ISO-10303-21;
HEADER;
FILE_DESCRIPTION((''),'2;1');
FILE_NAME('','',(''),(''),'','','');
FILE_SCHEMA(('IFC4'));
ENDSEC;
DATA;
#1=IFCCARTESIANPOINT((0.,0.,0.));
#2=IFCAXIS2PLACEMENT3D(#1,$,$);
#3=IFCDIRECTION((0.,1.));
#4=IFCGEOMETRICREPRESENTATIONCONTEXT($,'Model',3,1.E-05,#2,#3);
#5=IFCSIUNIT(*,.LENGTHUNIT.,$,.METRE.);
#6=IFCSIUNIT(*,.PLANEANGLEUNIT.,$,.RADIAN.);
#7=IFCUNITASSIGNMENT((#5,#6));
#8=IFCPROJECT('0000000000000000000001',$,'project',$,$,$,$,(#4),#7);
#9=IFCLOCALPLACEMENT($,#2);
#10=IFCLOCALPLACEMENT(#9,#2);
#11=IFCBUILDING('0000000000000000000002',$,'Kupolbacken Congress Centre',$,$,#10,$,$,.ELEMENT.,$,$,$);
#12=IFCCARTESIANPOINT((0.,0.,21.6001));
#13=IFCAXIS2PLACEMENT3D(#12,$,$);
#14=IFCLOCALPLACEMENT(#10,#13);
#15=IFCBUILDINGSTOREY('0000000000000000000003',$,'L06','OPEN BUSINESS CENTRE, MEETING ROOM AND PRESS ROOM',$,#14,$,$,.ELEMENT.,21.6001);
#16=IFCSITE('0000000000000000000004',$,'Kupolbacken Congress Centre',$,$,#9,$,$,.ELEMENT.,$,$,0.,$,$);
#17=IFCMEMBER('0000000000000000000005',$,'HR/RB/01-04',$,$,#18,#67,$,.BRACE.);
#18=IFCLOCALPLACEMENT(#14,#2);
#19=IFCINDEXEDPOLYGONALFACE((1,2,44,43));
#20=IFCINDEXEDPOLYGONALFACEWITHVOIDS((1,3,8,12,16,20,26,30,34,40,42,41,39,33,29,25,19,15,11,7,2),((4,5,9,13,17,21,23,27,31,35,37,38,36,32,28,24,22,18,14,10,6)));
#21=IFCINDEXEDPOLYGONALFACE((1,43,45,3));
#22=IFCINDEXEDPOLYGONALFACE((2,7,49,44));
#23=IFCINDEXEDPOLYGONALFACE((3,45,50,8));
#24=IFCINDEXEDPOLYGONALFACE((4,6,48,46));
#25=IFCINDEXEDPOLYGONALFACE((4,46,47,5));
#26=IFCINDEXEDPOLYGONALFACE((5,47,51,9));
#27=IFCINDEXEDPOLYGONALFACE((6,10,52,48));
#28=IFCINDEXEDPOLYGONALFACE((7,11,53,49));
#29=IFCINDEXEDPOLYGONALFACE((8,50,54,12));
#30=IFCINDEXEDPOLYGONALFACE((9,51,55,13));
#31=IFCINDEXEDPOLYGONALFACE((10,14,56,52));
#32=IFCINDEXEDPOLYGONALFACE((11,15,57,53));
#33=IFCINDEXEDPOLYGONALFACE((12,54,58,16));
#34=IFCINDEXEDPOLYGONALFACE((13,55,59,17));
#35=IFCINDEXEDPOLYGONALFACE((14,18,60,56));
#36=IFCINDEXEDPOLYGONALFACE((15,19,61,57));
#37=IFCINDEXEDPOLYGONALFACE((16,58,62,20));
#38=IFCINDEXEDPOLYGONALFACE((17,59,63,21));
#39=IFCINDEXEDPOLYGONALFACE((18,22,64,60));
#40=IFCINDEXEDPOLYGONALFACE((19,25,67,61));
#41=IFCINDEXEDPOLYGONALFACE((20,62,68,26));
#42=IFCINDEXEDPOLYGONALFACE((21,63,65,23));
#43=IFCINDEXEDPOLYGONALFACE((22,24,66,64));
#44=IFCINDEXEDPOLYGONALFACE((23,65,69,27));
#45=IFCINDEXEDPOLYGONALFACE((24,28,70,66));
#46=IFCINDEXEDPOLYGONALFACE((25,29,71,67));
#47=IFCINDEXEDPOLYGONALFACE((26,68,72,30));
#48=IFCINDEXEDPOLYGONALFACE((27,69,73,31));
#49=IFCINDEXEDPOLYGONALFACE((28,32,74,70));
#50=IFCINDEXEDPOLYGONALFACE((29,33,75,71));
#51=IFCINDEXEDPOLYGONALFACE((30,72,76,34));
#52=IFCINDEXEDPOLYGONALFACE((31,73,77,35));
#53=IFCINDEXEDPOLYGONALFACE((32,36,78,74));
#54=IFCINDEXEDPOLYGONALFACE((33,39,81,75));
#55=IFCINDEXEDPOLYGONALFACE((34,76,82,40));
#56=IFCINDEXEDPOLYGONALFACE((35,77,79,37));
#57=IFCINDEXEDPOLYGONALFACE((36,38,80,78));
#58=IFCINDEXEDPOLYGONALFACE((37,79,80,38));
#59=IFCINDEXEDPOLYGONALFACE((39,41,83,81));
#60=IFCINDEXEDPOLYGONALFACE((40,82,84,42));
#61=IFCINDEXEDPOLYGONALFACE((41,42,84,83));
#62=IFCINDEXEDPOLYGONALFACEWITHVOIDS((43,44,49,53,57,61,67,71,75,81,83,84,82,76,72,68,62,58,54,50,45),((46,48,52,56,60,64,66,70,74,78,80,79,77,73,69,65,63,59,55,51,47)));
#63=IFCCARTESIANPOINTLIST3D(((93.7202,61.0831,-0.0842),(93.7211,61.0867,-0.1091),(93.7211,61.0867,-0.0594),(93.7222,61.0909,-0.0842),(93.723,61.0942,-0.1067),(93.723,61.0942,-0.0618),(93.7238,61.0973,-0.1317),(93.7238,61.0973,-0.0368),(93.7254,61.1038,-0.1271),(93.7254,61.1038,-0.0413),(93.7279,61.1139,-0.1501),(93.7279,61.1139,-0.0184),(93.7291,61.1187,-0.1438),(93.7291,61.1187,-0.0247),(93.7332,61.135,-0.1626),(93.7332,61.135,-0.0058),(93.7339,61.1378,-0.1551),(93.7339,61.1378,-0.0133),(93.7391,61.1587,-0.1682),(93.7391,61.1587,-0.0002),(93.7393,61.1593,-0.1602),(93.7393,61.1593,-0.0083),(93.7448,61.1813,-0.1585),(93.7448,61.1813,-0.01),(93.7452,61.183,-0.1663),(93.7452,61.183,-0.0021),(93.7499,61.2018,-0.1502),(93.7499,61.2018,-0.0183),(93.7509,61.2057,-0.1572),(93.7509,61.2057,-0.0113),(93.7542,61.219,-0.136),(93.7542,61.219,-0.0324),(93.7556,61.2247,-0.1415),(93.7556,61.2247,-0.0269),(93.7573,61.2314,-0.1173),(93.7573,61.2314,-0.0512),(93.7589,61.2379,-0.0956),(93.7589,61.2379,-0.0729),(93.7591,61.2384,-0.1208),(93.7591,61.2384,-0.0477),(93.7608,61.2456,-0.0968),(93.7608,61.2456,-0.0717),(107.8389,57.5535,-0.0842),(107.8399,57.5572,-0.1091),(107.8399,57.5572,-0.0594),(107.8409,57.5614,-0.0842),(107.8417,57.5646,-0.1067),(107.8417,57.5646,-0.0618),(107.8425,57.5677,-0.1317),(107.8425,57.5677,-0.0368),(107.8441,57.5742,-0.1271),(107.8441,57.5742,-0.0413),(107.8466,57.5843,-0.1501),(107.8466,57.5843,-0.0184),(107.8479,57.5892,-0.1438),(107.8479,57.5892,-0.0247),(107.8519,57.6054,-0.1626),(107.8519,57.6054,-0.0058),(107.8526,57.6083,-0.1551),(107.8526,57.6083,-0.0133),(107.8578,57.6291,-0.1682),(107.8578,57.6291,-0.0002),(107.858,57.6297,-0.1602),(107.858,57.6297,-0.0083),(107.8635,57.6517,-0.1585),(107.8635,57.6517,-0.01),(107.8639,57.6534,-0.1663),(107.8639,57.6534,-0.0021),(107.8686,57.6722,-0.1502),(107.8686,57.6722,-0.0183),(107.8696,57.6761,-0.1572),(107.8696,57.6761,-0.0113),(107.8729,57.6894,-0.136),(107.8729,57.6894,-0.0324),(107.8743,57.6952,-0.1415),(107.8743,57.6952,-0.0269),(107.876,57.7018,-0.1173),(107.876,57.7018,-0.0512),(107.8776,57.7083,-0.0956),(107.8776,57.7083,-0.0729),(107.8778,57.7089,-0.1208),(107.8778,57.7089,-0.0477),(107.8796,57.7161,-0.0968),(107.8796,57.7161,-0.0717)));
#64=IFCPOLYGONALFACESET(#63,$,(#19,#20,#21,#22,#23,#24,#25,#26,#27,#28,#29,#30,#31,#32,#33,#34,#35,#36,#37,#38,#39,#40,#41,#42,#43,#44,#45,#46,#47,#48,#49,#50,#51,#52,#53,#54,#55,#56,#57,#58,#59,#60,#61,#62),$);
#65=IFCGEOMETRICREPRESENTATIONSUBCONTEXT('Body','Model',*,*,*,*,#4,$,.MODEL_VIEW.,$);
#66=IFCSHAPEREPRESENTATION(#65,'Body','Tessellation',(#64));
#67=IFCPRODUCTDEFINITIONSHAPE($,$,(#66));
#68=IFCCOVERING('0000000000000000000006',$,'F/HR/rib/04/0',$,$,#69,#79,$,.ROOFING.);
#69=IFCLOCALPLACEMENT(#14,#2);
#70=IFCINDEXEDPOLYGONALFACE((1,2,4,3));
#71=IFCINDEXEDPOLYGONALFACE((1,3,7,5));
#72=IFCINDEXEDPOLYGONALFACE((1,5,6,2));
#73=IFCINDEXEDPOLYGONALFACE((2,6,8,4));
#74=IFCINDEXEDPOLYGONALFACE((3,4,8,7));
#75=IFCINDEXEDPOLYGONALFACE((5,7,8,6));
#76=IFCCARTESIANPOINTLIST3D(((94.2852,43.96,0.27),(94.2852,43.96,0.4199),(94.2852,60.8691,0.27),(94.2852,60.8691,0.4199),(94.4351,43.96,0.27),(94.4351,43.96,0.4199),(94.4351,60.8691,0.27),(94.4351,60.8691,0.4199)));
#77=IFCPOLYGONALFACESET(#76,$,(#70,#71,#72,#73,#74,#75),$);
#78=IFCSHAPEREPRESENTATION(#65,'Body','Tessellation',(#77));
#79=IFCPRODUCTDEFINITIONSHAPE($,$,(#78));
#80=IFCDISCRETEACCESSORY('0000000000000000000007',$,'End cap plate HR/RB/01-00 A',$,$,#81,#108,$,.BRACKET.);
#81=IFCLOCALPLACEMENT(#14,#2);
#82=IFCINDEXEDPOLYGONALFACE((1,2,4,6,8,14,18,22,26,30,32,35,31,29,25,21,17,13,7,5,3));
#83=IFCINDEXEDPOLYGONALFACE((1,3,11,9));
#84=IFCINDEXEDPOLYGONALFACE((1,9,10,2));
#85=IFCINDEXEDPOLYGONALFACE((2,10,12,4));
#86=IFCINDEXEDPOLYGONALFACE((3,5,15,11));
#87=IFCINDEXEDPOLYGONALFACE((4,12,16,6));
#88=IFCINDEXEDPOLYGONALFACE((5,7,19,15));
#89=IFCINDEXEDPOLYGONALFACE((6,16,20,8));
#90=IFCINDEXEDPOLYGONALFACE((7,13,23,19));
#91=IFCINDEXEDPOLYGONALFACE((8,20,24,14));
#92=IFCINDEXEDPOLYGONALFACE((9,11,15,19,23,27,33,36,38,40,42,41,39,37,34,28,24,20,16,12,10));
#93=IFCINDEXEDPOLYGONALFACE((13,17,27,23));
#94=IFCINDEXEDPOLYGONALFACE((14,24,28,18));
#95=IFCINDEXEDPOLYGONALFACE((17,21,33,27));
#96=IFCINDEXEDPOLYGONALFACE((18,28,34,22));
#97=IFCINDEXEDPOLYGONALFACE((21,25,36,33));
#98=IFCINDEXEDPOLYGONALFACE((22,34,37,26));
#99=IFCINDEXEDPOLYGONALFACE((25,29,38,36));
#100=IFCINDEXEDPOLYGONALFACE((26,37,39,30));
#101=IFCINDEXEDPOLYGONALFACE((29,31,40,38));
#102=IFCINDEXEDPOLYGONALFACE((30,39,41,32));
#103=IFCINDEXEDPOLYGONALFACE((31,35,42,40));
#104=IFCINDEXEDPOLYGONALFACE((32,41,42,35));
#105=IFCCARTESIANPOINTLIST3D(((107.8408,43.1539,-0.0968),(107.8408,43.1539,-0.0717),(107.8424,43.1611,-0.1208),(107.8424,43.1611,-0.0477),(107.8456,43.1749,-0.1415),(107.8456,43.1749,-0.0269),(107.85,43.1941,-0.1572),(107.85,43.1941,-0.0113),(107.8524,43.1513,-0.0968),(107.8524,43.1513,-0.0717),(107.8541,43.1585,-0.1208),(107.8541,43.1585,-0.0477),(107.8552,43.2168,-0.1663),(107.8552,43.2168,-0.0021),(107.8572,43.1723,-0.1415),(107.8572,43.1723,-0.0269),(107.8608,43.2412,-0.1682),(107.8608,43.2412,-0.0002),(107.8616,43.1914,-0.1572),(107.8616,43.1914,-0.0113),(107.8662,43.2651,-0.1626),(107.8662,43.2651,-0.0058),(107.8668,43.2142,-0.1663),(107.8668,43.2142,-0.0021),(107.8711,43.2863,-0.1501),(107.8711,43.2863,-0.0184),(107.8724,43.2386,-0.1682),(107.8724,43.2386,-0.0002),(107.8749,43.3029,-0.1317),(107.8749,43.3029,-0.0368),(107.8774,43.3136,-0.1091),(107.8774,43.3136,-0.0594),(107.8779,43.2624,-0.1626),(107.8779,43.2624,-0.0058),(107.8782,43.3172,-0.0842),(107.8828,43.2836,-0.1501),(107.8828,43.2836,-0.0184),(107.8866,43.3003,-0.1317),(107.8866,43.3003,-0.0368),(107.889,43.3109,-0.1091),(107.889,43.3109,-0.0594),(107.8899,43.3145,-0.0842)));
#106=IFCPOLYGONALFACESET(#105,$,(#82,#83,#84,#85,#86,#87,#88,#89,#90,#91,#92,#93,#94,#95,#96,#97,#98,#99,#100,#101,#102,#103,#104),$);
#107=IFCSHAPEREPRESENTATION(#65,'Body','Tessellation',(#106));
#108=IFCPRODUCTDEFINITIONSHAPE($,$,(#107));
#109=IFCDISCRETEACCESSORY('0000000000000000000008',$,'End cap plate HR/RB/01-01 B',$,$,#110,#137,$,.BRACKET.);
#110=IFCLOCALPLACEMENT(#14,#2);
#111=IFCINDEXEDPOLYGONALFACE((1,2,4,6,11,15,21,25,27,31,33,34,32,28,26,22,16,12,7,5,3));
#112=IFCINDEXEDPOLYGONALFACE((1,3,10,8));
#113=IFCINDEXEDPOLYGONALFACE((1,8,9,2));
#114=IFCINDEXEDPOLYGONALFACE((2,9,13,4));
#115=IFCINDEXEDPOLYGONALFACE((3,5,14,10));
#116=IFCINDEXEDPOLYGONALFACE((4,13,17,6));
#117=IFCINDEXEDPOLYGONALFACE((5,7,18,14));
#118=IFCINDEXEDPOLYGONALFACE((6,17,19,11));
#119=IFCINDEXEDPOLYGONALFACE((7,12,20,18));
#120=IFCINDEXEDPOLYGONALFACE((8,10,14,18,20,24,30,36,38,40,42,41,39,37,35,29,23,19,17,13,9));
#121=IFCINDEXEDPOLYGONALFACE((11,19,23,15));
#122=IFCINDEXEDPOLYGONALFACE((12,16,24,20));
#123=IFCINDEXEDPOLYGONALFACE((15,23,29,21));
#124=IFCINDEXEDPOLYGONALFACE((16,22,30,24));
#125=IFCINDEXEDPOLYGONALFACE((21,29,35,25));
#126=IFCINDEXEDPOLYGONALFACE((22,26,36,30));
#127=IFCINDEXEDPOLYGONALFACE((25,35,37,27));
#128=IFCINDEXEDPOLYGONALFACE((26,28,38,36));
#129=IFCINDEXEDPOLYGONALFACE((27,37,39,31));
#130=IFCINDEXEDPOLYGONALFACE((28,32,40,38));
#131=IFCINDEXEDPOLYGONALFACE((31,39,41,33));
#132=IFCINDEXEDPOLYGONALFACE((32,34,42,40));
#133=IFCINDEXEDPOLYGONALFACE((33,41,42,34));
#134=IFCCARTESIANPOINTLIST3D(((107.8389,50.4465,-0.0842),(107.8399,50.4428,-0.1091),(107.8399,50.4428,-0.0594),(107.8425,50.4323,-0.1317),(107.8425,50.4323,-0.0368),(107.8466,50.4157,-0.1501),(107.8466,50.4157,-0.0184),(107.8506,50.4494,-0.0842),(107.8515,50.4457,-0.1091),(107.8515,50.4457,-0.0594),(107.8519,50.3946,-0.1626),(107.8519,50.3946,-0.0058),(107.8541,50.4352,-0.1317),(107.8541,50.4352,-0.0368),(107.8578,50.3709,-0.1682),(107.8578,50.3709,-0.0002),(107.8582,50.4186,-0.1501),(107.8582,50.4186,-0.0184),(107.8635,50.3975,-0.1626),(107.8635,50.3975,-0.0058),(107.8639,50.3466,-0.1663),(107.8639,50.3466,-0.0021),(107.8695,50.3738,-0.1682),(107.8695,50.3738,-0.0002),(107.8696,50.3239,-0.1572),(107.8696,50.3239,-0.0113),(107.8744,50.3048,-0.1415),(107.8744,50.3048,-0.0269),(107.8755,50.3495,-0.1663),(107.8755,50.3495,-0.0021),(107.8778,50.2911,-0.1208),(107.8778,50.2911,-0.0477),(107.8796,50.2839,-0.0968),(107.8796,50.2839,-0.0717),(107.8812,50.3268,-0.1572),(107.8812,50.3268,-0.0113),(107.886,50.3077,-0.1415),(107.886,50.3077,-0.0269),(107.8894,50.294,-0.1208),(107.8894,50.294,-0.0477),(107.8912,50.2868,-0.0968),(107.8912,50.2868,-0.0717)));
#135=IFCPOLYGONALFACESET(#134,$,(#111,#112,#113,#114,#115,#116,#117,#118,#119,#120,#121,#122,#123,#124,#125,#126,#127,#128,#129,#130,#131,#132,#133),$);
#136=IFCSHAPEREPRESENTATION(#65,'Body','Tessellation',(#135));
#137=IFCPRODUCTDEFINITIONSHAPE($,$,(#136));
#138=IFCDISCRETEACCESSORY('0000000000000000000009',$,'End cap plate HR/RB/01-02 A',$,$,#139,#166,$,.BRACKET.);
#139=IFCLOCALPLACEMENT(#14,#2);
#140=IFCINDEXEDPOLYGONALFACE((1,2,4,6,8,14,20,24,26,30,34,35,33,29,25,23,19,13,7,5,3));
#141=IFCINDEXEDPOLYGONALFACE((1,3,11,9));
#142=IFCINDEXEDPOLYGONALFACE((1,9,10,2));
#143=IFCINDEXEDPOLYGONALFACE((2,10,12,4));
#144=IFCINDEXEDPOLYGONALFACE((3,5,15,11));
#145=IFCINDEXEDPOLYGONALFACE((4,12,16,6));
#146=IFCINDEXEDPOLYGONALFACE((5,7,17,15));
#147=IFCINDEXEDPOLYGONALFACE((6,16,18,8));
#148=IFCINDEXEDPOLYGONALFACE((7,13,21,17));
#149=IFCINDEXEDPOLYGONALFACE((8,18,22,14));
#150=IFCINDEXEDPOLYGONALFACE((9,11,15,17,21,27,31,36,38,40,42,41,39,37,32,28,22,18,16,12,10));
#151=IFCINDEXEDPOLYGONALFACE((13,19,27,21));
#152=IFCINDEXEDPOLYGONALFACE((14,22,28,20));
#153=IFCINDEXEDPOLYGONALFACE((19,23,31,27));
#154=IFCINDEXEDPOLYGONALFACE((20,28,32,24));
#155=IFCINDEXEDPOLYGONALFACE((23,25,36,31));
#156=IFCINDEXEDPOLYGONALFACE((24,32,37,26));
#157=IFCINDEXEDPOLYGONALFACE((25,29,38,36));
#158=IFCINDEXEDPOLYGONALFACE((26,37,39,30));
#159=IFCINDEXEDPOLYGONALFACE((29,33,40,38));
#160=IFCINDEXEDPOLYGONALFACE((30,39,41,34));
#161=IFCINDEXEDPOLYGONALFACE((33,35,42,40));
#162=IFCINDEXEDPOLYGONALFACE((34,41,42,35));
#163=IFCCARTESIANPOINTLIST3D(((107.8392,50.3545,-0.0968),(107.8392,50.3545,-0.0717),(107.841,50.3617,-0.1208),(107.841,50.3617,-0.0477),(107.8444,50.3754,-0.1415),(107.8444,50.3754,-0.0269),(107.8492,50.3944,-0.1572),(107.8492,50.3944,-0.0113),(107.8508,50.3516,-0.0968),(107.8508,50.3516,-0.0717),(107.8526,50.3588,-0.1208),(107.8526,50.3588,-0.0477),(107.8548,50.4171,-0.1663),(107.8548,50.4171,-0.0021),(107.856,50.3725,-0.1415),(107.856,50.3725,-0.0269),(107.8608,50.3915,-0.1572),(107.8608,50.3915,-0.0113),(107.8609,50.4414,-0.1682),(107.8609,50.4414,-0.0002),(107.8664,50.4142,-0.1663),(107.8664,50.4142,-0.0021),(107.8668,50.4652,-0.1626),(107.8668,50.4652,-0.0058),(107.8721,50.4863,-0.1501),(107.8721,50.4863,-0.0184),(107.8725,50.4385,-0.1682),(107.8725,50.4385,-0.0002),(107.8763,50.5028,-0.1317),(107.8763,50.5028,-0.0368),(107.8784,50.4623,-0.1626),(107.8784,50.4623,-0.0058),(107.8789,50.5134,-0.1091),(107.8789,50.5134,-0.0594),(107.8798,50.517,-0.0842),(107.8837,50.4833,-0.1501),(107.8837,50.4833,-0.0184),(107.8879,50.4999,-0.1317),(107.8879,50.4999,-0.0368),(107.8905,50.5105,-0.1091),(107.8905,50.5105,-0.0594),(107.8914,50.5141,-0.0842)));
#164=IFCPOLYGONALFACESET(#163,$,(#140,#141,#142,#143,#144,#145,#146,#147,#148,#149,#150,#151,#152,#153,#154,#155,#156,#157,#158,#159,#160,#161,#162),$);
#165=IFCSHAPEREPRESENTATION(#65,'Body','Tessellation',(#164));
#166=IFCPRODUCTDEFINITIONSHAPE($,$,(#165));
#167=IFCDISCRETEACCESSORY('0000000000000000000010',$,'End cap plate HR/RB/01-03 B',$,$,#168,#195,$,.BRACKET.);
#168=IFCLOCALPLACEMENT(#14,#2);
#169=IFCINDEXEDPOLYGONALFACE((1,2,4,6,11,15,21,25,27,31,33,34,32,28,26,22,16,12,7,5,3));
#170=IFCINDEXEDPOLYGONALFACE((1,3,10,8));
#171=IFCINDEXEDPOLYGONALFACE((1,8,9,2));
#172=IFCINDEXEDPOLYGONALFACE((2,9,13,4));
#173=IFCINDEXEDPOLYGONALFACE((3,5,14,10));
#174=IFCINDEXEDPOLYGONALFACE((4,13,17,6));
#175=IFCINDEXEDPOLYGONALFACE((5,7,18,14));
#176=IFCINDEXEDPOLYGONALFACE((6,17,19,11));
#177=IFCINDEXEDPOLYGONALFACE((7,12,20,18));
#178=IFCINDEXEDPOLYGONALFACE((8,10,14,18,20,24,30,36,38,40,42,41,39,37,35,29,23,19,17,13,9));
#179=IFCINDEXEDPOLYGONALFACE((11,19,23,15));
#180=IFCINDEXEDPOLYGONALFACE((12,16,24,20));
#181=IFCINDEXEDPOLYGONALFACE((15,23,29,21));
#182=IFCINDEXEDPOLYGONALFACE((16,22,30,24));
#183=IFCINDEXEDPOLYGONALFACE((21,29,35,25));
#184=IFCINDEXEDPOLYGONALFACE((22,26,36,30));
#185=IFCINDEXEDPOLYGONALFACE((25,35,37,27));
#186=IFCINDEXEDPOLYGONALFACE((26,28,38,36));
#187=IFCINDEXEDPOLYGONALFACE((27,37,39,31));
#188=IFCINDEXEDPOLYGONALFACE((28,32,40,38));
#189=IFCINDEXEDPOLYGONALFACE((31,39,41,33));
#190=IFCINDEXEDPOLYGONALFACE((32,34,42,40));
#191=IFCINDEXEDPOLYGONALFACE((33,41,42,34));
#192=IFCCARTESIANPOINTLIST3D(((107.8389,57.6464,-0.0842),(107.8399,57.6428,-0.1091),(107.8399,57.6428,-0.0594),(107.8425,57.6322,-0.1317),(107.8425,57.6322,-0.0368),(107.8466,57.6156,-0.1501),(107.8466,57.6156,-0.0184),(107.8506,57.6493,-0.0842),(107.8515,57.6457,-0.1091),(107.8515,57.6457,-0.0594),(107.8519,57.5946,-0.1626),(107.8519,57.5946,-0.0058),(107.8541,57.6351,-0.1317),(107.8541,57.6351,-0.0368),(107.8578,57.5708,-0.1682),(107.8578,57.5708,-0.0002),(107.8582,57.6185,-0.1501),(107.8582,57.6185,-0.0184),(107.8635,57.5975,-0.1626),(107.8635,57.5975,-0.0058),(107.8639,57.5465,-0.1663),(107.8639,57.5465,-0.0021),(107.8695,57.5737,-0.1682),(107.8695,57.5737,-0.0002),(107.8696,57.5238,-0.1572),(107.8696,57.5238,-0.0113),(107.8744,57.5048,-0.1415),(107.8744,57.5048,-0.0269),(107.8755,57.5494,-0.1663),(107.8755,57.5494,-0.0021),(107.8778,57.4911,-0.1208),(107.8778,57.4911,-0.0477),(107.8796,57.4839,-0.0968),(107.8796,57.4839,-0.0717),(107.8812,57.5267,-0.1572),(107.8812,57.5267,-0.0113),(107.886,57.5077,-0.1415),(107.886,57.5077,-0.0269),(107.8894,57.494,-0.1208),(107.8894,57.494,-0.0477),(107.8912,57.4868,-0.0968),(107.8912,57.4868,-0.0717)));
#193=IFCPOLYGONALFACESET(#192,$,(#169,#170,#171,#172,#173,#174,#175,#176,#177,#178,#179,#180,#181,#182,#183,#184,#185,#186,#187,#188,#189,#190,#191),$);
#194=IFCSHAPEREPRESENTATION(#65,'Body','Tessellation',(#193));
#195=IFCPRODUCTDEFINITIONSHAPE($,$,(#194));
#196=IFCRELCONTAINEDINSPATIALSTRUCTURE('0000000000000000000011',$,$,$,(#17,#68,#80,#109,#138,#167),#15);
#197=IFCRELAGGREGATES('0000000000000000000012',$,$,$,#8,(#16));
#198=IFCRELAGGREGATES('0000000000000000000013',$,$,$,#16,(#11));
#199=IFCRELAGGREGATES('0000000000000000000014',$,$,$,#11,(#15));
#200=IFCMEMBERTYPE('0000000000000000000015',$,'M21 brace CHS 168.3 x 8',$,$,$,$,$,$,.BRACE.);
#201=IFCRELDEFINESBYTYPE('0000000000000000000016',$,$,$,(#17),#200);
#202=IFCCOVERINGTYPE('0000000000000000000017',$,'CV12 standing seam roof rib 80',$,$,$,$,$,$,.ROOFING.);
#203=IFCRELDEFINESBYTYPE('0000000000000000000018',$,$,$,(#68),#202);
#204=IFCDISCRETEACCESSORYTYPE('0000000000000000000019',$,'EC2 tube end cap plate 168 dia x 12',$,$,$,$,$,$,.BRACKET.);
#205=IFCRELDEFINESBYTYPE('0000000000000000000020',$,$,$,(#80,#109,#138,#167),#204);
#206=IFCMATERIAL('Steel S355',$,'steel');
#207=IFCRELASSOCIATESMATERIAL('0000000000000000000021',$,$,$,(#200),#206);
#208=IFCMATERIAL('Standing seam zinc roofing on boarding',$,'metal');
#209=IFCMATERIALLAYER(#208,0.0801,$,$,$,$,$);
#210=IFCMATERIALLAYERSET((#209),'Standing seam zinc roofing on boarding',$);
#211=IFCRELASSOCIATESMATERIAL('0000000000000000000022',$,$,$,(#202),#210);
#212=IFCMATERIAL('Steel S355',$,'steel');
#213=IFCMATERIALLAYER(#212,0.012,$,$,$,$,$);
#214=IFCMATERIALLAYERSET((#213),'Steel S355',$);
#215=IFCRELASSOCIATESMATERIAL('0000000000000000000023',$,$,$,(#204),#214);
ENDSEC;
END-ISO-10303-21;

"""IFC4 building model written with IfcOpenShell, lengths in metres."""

from ifc_helpers import new_model, si_unit, direction, frame, origin, origin_2d, place, context, subcontext, project, spatial, rectangle, circle, hollow_circle, extrude, material, layer, layer_set, material_profile, profile_set, type_object, element, save


model = new_model("IFC4")

# Units and contexts
model_context = context("Model", 3, precision=1e-05, world=origin(), true_north=direction((0.0, 1.0)))
body_context = subcontext(model_context, "Body", "Model", "MODEL_VIEW")
ifc_project = project(units=[si_unit("LENGTHUNIT", "METRE"), si_unit("PLANEANGLEUNIT", "RADIAN")], contexts=[model_context])

# Site, building, storey
site_placement = place(None, origin())
site = spatial("IfcSite", under=ifc_project, at=site_placement, Name="Kupolbacken Congress Centre", CompositionType="ELEMENT", RefElevation=0.0)
building_placement = place(site_placement, origin())
building = spatial("IfcBuilding", under=site, at=building_placement, Name="Kupolbacken Congress Centre", CompositionType="ELEMENT")
storey_placement = place(building_placement, frame((0.0, 0.0, 21.6001)))
storey = spatial("IfcBuildingStorey", under=building, at=storey_placement, Name="L06", Description="OPEN BUSINESS CENTRE, MEETING ROOM AND PRESS ROOM", CompositionType="ELEMENT", Elevation=21.6001)

# Member
ifc_material_1 = material(Name="Steel S355", Category="steel")
ifc_material_profile_1 = material_profile(ifc_material_1, hollow_circle(Radius=0.0842, WallThickness=0.0081, at=origin_2d()), Name="CHS 168.3 x 8")
ifc_profile_set_1 = profile_set([ifc_material_profile_1], Name="Steel S355")
member_type = type_object("IfcMemberType", Name="M21 brace CHS 168.3 x 8", PredefinedType="BRACE", material=ifc_profile_set_1)
for number, where, z_axis, x_axis, name in (
    (1, (107.8594, 57.6353, -0.0842), (-0.970144, 0.242528, 0.0), (-0.242528, -0.970144, 0.0), "HR/RB/01-04"),
):
    element("IfcMember", number, at=place(storey_placement, frame(where, z_axis=z_axis, x_axis=x_axis)), inside=storey, type_object=member_type, Name=name, PredefinedType="BRACE", context=body_context, shape_type="SweptSolid", body=[
        extrude(hollow_circle(Radius=0.0842, WallThickness=0.0081, at=origin_2d()), origin(), (0.0, 0.0, 1.0), 14.5532),
    ])

# Covering
ifc_material_2 = material(Name="Standing seam zinc roofing on boarding", Category="metal")
ifc_layer_1 = layer(ifc_material_2, 0.0801)
ifc_layer_set_1 = layer_set([ifc_layer_1], Name="Standing seam zinc roofing on boarding")
covering_type = type_object("IfcCoveringType", Name="CV12 standing seam roof rib 80", PredefinedType="ROOFING", material=ifc_layer_set_1)
covering_placement = place(storey_placement, frame((94.3601, 52.4146, 0.27), z_axis=(0.0, 0.0, 1.0), x_axis=(0.0, 1.0, 0.0)))
element("IfcCovering", 2, at=covering_placement, inside=storey, type_object=covering_type, Name="F/HR/rib/04/0", PredefinedType="ROOFING", context=body_context, shape_type="SweptSolid", body=[
    extrude(rectangle(XDim=16.9092, YDim=0.1499, at=origin_2d()), origin(), (0.0, 0.0, 1.0), 0.1499),
])

# Discrete accessories
ifc_material_3 = material(Name="Steel S355", Category="steel")
ifc_layer_2 = layer(ifc_material_3, 0.012)
ifc_layer_set_2 = layer_set([ifc_layer_2], Name="Steel S355")
discrete_accessory_type = type_object("IfcDiscreteAccessoryType", Name="EC2 tube end cap plate 168 dia x 12", PredefinedType="BRACKET", material=ifc_layer_set_2)
for number, where, z_axis, x_axis, name in (
    (3, (107.8594, 43.2351, -0.0842), (0.974732, -0.223376, 0.0), (0.223376, 0.974732, 0.0), "End cap plate HR/RB/01-00 A"),
    (4, (107.8594, 50.3647, -0.0842), (0.970143, 0.242536, 0.0), (-0.242536, 0.970143, 0.0), "End cap plate HR/RB/01-01 B"),
    (5, (107.8594, 50.4353, -0.0842), (0.970143, -0.242536, 0.0), (0.242536, 0.970143, 0.0), "End cap plate HR/RB/01-02 A"),
    (6, (107.8594, 57.5647, -0.0842), (0.970143, 0.242536, 0.0), (-0.242536, 0.970143, 0.0), "End cap plate HR/RB/01-03 B"),
):
    element("IfcDiscreteAccessory", number, at=place(storey_placement, frame(where, z_axis=z_axis, x_axis=x_axis)), inside=storey, type_object=discrete_accessory_type, Name=name, PredefinedType="BRACKET", context=body_context, shape_type="SweptSolid", body=[
        extrude(circle(Radius=0.0842, at=origin_2d()), origin(), (0.0, 0.0, 1.0), 0.012),
    ])

save(model, "model.ifc")
